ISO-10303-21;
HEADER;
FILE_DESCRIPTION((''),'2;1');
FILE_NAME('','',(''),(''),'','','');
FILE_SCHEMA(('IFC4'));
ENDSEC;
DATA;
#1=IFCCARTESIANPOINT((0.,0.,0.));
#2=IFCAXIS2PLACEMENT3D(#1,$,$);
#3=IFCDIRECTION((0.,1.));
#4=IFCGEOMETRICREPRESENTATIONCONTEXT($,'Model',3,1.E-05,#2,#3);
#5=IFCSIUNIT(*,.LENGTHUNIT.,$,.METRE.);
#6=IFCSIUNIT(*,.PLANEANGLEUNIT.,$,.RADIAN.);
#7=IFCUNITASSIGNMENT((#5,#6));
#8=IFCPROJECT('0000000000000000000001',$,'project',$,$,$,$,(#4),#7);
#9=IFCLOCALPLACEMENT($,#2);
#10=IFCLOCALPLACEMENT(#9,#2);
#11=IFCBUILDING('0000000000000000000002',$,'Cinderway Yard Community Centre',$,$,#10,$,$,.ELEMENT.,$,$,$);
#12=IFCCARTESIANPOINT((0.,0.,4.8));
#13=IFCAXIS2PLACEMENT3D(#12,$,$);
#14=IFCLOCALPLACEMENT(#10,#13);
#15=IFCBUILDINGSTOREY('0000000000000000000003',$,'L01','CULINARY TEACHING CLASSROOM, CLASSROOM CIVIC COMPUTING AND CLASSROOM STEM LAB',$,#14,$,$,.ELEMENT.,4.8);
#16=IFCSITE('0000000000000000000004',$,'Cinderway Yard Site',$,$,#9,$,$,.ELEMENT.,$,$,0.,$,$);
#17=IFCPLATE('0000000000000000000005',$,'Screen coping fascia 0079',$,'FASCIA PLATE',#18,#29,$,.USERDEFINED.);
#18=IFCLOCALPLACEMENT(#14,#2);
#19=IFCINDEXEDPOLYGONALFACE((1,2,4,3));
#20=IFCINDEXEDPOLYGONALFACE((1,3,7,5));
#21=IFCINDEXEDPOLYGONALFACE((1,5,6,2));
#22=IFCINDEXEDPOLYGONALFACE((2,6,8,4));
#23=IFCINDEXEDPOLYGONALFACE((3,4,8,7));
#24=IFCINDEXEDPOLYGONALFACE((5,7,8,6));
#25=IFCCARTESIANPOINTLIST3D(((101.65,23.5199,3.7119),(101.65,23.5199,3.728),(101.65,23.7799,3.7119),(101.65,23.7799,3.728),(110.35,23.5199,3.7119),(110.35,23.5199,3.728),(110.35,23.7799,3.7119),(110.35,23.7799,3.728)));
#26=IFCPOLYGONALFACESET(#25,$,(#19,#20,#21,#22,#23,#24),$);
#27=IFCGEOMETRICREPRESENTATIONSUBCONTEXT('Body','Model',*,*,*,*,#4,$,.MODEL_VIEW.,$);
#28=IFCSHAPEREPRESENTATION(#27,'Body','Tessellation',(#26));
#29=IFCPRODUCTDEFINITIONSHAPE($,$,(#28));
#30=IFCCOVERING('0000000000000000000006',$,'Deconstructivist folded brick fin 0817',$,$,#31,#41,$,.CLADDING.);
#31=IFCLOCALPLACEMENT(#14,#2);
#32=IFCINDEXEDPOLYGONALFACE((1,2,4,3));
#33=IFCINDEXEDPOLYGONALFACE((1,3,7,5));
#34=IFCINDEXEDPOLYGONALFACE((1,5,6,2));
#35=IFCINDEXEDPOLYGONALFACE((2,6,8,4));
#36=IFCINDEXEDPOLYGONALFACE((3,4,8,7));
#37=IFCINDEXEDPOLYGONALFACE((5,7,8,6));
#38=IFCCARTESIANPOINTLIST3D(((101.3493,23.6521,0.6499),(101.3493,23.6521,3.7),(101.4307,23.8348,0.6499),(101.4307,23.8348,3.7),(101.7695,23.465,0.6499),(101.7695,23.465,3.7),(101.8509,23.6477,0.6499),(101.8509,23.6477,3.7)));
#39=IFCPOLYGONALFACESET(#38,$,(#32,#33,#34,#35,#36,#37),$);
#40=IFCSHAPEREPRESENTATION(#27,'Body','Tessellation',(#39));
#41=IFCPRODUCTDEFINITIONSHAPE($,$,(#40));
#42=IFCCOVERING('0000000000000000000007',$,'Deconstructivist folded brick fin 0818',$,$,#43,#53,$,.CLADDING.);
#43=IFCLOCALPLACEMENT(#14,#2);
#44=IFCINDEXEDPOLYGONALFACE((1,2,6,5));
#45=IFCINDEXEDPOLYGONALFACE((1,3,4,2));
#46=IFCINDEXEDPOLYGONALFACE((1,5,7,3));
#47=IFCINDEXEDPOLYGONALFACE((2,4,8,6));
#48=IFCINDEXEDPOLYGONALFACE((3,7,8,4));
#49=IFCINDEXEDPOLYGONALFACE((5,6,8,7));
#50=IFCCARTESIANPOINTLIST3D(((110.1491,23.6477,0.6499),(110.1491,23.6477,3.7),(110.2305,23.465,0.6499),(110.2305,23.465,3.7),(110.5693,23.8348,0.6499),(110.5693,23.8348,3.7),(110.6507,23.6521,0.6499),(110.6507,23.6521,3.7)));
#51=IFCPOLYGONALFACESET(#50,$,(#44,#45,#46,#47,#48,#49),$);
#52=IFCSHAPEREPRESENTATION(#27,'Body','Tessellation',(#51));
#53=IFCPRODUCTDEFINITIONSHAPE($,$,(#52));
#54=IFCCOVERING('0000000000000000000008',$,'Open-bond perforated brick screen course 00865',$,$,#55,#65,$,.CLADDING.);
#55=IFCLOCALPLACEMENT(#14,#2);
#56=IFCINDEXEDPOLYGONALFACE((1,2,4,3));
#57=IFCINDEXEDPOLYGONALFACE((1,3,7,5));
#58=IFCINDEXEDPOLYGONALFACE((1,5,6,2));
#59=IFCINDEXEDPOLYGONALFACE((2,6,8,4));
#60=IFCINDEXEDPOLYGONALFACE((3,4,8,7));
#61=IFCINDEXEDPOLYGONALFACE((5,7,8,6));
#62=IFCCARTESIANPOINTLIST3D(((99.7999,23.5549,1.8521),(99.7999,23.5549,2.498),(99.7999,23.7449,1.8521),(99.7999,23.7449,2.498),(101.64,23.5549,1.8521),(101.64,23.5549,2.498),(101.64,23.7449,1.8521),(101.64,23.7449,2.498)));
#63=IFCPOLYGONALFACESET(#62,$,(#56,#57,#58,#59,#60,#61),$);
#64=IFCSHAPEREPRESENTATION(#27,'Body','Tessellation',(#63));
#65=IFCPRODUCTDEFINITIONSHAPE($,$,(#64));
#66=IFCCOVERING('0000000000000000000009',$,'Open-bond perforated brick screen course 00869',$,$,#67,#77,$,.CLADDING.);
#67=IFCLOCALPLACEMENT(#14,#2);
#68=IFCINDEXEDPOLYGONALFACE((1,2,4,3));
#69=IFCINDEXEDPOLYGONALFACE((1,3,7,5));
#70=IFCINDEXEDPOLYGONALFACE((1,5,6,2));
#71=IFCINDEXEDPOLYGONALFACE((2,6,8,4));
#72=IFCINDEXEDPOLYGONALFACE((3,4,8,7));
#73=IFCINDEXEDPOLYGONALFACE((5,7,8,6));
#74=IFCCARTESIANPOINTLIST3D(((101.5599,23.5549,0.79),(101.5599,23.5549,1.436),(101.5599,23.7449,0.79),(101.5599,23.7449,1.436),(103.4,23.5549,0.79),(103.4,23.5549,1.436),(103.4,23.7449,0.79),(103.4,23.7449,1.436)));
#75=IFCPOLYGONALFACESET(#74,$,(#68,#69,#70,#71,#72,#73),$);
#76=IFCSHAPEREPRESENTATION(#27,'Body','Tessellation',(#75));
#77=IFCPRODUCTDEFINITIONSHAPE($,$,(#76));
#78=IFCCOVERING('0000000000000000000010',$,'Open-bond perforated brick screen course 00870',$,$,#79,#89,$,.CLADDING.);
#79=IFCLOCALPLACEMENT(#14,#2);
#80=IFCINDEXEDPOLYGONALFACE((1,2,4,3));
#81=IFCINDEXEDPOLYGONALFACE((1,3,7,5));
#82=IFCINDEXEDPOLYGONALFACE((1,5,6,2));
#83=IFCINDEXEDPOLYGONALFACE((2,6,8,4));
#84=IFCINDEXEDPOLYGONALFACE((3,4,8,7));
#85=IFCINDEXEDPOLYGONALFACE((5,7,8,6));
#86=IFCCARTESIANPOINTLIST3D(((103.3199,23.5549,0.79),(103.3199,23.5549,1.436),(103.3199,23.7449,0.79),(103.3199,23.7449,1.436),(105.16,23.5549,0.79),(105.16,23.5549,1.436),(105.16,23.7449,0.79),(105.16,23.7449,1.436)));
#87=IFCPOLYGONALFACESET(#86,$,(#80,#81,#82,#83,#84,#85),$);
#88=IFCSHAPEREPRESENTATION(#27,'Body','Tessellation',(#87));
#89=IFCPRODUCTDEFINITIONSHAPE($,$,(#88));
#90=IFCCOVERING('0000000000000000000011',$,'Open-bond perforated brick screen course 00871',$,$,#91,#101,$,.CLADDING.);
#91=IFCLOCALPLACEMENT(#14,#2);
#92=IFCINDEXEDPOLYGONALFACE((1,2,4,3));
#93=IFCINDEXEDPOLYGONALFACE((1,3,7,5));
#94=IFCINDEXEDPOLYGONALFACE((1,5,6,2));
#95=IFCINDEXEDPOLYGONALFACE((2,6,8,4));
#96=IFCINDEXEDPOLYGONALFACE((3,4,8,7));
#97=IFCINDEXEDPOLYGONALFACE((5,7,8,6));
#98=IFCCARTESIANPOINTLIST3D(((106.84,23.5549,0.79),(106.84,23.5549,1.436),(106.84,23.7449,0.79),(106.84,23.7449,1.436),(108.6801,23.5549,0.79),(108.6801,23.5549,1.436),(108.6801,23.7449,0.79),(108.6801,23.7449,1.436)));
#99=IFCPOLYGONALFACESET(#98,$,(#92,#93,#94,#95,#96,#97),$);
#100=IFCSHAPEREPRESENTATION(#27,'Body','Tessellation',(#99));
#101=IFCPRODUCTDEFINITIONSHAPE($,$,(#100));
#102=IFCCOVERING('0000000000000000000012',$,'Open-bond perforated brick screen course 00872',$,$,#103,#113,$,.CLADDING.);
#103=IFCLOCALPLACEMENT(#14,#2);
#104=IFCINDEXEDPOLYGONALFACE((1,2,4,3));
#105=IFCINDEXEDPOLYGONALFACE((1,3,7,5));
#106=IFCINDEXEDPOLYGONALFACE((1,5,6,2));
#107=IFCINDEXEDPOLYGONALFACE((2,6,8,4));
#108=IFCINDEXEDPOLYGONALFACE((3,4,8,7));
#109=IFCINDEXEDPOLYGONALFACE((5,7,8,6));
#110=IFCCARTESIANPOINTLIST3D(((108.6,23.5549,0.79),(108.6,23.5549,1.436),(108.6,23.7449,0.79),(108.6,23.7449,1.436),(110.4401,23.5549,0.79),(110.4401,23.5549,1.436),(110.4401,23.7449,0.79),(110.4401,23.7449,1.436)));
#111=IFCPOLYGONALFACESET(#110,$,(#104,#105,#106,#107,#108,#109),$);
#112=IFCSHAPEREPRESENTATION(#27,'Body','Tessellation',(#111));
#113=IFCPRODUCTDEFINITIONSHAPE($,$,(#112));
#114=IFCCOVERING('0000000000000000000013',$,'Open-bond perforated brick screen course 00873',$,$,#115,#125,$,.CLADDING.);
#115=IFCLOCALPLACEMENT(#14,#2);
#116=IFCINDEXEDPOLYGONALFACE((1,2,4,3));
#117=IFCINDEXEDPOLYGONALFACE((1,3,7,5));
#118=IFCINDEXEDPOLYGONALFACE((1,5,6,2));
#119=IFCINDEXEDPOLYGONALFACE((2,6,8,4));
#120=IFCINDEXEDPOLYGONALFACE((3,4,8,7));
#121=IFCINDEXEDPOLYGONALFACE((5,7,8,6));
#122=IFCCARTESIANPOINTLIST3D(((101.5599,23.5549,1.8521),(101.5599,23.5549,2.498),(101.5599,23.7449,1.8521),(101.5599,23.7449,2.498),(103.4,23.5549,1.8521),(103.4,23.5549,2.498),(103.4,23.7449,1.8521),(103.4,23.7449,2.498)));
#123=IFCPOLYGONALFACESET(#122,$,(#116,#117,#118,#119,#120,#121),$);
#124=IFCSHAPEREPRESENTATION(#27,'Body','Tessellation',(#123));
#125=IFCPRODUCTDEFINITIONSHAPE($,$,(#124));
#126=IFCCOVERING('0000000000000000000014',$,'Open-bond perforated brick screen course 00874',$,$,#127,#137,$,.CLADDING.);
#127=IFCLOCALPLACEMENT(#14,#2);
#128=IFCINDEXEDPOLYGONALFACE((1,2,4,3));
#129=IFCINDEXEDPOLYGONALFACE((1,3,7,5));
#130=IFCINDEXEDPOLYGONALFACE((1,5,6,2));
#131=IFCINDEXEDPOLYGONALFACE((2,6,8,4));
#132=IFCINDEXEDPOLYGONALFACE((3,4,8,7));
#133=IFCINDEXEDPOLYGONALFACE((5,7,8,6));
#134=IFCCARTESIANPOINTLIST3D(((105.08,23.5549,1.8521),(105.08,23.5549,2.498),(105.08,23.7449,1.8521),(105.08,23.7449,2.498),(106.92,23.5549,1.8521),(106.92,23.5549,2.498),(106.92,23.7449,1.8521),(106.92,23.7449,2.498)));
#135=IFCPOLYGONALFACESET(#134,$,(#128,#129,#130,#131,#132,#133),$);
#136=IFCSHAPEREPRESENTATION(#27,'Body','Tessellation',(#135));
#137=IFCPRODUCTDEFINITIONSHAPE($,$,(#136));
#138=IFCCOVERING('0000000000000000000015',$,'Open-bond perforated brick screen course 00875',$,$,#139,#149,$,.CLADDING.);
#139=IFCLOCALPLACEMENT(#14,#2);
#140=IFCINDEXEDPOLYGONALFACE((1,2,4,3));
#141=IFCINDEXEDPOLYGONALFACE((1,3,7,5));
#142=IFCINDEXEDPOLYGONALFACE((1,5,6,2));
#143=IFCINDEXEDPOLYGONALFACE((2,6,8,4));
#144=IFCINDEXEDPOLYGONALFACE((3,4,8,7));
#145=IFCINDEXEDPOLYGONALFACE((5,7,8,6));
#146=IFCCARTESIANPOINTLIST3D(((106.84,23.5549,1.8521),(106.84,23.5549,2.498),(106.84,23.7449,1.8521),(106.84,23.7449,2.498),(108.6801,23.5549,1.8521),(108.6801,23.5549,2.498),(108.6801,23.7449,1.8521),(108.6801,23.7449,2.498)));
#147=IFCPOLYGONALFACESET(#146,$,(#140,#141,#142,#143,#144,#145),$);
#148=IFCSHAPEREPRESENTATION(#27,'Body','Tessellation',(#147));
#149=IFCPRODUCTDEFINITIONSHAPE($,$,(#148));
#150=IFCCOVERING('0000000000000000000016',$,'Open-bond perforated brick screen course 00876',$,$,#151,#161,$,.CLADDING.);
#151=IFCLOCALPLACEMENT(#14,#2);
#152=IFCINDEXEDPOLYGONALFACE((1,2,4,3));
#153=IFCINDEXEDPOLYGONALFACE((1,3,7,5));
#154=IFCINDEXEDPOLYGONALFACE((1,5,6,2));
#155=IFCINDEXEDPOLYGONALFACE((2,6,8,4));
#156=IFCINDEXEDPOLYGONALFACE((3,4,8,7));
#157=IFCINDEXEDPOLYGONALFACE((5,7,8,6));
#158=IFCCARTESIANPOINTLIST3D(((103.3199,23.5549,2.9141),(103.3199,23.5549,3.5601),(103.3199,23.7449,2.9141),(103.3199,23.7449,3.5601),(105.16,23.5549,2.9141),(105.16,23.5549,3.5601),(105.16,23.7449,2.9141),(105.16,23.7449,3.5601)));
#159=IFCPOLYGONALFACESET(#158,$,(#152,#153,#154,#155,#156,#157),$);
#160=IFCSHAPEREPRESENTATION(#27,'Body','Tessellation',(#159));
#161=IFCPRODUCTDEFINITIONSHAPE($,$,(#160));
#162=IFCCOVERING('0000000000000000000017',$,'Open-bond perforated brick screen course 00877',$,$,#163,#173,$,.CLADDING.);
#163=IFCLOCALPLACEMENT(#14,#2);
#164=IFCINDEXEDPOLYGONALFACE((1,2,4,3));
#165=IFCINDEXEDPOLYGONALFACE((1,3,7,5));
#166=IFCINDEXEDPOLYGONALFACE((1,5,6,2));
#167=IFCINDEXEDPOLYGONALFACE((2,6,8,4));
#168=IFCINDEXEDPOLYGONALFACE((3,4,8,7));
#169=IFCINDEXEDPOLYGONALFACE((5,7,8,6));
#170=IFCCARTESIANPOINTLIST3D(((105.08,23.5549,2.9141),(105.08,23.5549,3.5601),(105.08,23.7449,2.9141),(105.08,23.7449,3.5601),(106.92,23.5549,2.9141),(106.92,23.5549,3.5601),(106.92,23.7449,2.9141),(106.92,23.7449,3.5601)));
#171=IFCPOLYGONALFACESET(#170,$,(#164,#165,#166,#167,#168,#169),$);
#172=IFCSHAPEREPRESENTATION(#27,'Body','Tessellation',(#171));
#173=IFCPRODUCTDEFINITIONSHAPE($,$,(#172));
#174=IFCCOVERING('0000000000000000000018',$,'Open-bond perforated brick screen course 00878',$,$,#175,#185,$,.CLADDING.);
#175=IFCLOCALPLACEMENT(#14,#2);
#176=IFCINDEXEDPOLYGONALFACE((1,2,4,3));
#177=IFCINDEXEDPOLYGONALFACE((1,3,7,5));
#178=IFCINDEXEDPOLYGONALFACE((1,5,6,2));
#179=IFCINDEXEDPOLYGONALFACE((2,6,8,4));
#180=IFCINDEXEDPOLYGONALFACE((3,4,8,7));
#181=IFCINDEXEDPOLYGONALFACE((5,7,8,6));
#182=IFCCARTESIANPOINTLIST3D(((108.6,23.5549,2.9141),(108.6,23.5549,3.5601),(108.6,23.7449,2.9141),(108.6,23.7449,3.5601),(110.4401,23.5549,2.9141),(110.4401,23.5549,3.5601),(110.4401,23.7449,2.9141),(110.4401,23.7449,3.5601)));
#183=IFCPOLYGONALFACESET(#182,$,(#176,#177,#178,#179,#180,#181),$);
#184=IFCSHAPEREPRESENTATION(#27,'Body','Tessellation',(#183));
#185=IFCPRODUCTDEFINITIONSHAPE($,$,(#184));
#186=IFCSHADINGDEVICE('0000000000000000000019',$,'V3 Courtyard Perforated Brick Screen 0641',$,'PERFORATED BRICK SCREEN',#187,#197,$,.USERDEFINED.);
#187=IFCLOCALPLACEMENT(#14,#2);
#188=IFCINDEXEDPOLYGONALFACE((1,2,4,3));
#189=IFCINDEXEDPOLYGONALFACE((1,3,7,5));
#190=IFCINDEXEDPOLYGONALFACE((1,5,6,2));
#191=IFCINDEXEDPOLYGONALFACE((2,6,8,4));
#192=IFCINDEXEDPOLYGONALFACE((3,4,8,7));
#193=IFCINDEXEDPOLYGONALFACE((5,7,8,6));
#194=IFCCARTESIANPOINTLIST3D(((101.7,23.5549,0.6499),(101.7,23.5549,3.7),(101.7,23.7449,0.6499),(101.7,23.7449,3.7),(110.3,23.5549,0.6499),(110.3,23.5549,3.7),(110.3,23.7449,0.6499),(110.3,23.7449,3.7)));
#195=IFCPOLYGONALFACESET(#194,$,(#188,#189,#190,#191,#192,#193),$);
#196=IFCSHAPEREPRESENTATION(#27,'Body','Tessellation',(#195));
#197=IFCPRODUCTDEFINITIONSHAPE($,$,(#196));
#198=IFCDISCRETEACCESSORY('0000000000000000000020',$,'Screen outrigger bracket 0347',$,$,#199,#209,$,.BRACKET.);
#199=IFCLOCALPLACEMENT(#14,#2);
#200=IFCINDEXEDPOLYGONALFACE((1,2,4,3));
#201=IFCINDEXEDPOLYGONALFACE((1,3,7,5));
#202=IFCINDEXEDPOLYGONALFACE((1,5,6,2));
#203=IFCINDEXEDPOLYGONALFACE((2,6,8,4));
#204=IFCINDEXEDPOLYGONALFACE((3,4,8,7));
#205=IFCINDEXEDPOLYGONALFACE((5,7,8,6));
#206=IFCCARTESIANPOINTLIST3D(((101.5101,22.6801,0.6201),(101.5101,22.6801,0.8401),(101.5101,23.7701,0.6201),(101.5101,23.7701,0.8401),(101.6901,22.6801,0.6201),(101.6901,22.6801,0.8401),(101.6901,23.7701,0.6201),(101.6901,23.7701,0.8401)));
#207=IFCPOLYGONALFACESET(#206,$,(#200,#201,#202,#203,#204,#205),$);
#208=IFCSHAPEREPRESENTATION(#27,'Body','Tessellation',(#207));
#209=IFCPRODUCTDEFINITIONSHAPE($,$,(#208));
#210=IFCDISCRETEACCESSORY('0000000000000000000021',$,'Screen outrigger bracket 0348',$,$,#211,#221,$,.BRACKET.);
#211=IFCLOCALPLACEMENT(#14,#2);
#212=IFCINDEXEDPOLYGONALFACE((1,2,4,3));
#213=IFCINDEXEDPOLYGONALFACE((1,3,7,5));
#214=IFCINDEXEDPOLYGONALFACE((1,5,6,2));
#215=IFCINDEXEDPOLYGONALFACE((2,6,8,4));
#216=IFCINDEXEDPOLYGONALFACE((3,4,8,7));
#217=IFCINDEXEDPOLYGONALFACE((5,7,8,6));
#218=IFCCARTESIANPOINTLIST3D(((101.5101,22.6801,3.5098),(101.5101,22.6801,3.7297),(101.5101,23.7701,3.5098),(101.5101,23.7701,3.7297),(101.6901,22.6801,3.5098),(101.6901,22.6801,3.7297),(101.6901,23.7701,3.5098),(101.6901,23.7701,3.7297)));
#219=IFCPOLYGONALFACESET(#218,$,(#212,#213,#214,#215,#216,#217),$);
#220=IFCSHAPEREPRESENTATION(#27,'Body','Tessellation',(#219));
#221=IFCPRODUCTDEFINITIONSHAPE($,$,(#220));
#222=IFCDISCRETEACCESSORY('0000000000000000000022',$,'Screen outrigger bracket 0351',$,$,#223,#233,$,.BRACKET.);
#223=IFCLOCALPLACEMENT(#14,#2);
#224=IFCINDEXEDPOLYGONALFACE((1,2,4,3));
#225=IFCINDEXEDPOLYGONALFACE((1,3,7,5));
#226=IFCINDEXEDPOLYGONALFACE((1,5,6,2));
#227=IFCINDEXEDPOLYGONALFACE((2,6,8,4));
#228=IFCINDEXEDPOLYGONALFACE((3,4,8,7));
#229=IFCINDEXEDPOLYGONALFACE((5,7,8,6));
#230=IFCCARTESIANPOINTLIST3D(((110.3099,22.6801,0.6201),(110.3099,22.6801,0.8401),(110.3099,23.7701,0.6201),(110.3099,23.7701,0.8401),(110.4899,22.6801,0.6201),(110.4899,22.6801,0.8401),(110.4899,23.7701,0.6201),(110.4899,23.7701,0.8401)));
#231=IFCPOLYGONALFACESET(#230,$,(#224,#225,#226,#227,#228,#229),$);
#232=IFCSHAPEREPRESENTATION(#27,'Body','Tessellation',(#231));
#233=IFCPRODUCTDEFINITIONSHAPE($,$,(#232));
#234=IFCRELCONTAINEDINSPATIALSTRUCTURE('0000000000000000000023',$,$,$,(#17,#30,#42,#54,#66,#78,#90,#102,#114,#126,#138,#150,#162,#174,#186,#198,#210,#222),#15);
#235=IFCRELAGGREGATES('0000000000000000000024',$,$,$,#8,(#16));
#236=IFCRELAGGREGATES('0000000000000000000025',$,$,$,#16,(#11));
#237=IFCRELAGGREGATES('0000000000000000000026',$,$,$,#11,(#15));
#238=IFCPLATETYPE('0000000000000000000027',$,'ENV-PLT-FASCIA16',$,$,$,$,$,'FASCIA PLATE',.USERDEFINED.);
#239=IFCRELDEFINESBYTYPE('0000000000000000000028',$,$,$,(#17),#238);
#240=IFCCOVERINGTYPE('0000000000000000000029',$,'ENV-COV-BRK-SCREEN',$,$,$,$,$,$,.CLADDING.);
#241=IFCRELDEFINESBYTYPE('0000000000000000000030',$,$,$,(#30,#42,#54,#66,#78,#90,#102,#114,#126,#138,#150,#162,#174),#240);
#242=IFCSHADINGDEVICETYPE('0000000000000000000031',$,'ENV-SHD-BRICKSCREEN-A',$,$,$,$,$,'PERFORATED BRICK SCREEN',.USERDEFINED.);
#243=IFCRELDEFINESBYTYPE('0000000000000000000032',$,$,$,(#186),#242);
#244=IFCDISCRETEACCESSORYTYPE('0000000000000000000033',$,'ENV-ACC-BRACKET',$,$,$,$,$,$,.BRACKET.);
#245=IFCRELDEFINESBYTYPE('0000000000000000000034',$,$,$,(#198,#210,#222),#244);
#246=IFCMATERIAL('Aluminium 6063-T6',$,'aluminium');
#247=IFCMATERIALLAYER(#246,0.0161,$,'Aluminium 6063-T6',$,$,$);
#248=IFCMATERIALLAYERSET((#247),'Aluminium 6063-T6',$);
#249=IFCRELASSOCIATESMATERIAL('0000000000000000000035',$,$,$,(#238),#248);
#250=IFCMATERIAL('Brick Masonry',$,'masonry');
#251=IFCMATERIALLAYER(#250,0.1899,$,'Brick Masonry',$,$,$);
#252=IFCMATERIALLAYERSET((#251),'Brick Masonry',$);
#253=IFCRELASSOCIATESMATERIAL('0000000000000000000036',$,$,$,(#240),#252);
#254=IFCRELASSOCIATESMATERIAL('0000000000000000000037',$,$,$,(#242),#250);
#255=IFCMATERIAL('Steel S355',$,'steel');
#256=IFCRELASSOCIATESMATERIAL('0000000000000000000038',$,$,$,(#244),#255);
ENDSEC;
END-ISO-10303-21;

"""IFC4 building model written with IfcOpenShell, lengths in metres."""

from ifc_helpers import new_model, si_unit, direction, frame, origin, origin_2d, place, context, subcontext, project, spatial, rectangle, extrude, material, layer, layer_set, type_object, element, save


model = new_model("IFC4")

# Units and contexts
model_context = context("Model", 3, precision=1e-05, world=origin(), true_north=direction((0.0, 1.0)))
body_context = subcontext(model_context, "Body", "Model", "MODEL_VIEW")
ifc_project = project(units=[si_unit("LENGTHUNIT", "METRE"), si_unit("PLANEANGLEUNIT", "RADIAN")], contexts=[model_context])

# Site, building, storey
site_placement = place(None, origin())
site = spatial("IfcSite", under=ifc_project, at=site_placement, Name="Cinderway Yard Site", CompositionType="ELEMENT", RefElevation=0.0)
building_placement = place(site_placement, origin())
building = spatial("IfcBuilding", under=site, at=building_placement, Name="Cinderway Yard Community Centre", CompositionType="ELEMENT")
storey_placement = place(building_placement, frame((0.0, 0.0, 4.8)))
storey = spatial("IfcBuildingStorey", under=building, at=storey_placement, Name="L01", Description="CULINARY TEACHING CLASSROOM, CLASSROOM CIVIC COMPUTING AND CLASSROOM STEM LAB", CompositionType="ELEMENT", Elevation=4.8)

# Shared definitions
ifc_material_1 = material(Name="Aluminium 6063-T6", Category="aluminium")

# Shared definitions
ifc_material_2 = material(Name="Steel S355", Category="steel")

# Plate
ifc_layer_1 = layer(ifc_material_1, 0.0161, Name="Aluminium 6063-T6")
ifc_layer_set_1 = layer_set([ifc_layer_1], Name="Aluminium 6063-T6")
plate_type = type_object("IfcPlateType", Name="ENV-PLT-FASCIA16", ElementType="FASCIA PLATE", PredefinedType="USERDEFINED", material=ifc_layer_set_1)
plate_placement = place(storey_placement, frame((106.0, 23.6499, 3.7119), z_axis=(0.0, 0.0, 1.0), x_axis=(1.0, 0.0, 0.0)))
element("IfcPlate", 1, at=plate_placement, inside=storey, type_object=plate_type, Name="Screen coping fascia 0079", ObjectType="FASCIA PLATE", PredefinedType="USERDEFINED", context=body_context, shape_type="SweptSolid", body=[
    extrude(rectangle(XDim=8.7, YDim=0.26, at=origin_2d()), origin(), (0.0, 0.0, 1.0), 0.0161),
])

# Coverings
ifc_material_3 = material(Name="Brick Masonry", Category="masonry")
ifc_layer_2 = layer(ifc_material_3, 0.1899, Name="Brick Masonry")
ifc_layer_set_2 = layer_set([ifc_layer_2], Name="Brick Masonry")
covering_type = type_object("IfcCoveringType", Name="ENV-COV-BRK-SCREEN", PredefinedType="CLADDING", material=ifc_layer_set_2)
for number, where, z_axis, x_axis, name in (
    (2, (101.6001, 23.6499, 0.6499), (0.0, 0.0, 1.0), (0.913545, -0.406737, 0.0), "Deconstructivist folded brick fin 0817"),
    (3, (110.3999, 23.6499, 0.6499), (0.0, 0.0, 1.0), (0.913545, 0.406737, 0.0), "Deconstructivist folded brick fin 0818"),
):
    element("IfcCovering", number, at=place(storey_placement, frame(where, z_axis=z_axis, x_axis=x_axis)), inside=storey, type_object=covering_type, Name=name, PredefinedType="CLADDING", context=body_context, shape_type="SweptSolid", body=[
        extrude(rectangle(XDim=0.46, YDim=0.2, at=origin_2d()), origin(), (0.0, 0.0, 1.0), 3.05),
    ])
for number, where, z_axis, x_axis, name in (
    (4, (100.72, 23.6499, 1.8521), (0.0, 0.0, 1.0), (1.0, 0.0, 0.0), "Open-bond perforated brick screen course 00865"),
    (5, (102.48, 23.6499, 0.79), (0.0, 0.0, 1.0), (1.0, 0.0, 0.0), "Open-bond perforated brick screen course 00869"),
    (6, (104.24, 23.6499, 0.79), (0.0, 0.0, 1.0), (1.0, 0.0, 0.0), "Open-bond perforated brick screen course 00870"),
    (7, (107.76, 23.6499, 0.79), (0.0, 0.0, 1.0), (1.0, 0.0, 0.0), "Open-bond perforated brick screen course 00871"),
    (8, (109.52, 23.6499, 0.79), (0.0, 0.0, 1.0), (1.0, 0.0, 0.0), "Open-bond perforated brick screen course 00872"),
    (9, (102.48, 23.6499, 1.8521), (0.0, 0.0, 1.0), (1.0, 0.0, 0.0), "Open-bond perforated brick screen course 00873"),
    (10, (106.0, 23.6499, 1.8521), (0.0, 0.0, 1.0), (1.0, 0.0, 0.0), "Open-bond perforated brick screen course 00874"),
    (11, (107.76, 23.6499, 1.8521), (0.0, 0.0, 1.0), (1.0, 0.0, 0.0), "Open-bond perforated brick screen course 00875"),
    (12, (104.24, 23.6499, 2.9141), (0.0, 0.0, 1.0), (1.0, 0.0, 0.0), "Open-bond perforated brick screen course 00876"),
    (13, (106.0, 23.6499, 2.9141), (0.0, 0.0, 1.0), (1.0, 0.0, 0.0), "Open-bond perforated brick screen course 00877"),
    (14, (109.52, 23.6499, 2.9141), (0.0, 0.0, 1.0), (1.0, 0.0, 0.0), "Open-bond perforated brick screen course 00878"),
):
    element("IfcCovering", number, at=place(storey_placement, frame(where, z_axis=z_axis, x_axis=x_axis)), inside=storey, type_object=covering_type, Name=name, PredefinedType="CLADDING", context=body_context, shape_type="SweptSolid", body=[
        extrude(rectangle(XDim=1.8401, YDim=0.1899, at=origin_2d()), origin(), (0.0, 0.0, 1.0), 0.646),
    ])

# Shading device
shading_device_type = type_object("IfcShadingDeviceType", Name="ENV-SHD-BRICKSCREEN-A", ElementType="PERFORATED BRICK SCREEN", PredefinedType="USERDEFINED", material=ifc_material_3)
shading_device_placement = place(storey_placement, frame((106.0, 23.6499, 0.6499), z_axis=(0.0, 0.0, 1.0), x_axis=(1.0, 0.0, 0.0)))
element("IfcShadingDevice", 15, at=shading_device_placement, inside=storey, type_object=shading_device_type, Name="V3 Courtyard Perforated Brick Screen 0641", ObjectType="PERFORATED BRICK SCREEN", PredefinedType="USERDEFINED", context=body_context, shape_type="SweptSolid", body=[
    extrude(rectangle(XDim=8.6001, YDim=0.1899, at=origin_2d()), origin(), (0.0, 0.0, 1.0), 3.05),
])

# Discrete accessories
discrete_accessory_type = type_object("IfcDiscreteAccessoryType", Name="ENV-ACC-BRACKET", PredefinedType="BRACKET", material=ifc_material_2)
for number, where, z_axis, x_axis, name in (
    (16, (101.6001, 23.2251, 0.6201), (0.0, 0.0, 1.0), (0.0, 1.0, 0.0), "Screen outrigger bracket 0347"),
    (17, (101.6001, 23.2251, 3.5098), (0.0, 0.0, 1.0), (0.0, 1.0, 0.0), "Screen outrigger bracket 0348"),
    (18, (110.3999, 23.2251, 0.6201), (0.0, 0.0, 1.0), (0.0, 1.0, 0.0), "Screen outrigger bracket 0351"),
):
    element("IfcDiscreteAccessory", number, at=place(storey_placement, frame(where, z_axis=z_axis, x_axis=x_axis)), inside=storey, type_object=discrete_accessory_type, Name=name, PredefinedType="BRACKET", context=body_context, shape_type="SweptSolid", body=[
        extrude(rectangle(XDim=1.0901, YDim=0.1799, at=origin_2d()), origin(), (0.0, 0.0, 1.0), 0.22),
    ])

save(model, "model.ifc")
